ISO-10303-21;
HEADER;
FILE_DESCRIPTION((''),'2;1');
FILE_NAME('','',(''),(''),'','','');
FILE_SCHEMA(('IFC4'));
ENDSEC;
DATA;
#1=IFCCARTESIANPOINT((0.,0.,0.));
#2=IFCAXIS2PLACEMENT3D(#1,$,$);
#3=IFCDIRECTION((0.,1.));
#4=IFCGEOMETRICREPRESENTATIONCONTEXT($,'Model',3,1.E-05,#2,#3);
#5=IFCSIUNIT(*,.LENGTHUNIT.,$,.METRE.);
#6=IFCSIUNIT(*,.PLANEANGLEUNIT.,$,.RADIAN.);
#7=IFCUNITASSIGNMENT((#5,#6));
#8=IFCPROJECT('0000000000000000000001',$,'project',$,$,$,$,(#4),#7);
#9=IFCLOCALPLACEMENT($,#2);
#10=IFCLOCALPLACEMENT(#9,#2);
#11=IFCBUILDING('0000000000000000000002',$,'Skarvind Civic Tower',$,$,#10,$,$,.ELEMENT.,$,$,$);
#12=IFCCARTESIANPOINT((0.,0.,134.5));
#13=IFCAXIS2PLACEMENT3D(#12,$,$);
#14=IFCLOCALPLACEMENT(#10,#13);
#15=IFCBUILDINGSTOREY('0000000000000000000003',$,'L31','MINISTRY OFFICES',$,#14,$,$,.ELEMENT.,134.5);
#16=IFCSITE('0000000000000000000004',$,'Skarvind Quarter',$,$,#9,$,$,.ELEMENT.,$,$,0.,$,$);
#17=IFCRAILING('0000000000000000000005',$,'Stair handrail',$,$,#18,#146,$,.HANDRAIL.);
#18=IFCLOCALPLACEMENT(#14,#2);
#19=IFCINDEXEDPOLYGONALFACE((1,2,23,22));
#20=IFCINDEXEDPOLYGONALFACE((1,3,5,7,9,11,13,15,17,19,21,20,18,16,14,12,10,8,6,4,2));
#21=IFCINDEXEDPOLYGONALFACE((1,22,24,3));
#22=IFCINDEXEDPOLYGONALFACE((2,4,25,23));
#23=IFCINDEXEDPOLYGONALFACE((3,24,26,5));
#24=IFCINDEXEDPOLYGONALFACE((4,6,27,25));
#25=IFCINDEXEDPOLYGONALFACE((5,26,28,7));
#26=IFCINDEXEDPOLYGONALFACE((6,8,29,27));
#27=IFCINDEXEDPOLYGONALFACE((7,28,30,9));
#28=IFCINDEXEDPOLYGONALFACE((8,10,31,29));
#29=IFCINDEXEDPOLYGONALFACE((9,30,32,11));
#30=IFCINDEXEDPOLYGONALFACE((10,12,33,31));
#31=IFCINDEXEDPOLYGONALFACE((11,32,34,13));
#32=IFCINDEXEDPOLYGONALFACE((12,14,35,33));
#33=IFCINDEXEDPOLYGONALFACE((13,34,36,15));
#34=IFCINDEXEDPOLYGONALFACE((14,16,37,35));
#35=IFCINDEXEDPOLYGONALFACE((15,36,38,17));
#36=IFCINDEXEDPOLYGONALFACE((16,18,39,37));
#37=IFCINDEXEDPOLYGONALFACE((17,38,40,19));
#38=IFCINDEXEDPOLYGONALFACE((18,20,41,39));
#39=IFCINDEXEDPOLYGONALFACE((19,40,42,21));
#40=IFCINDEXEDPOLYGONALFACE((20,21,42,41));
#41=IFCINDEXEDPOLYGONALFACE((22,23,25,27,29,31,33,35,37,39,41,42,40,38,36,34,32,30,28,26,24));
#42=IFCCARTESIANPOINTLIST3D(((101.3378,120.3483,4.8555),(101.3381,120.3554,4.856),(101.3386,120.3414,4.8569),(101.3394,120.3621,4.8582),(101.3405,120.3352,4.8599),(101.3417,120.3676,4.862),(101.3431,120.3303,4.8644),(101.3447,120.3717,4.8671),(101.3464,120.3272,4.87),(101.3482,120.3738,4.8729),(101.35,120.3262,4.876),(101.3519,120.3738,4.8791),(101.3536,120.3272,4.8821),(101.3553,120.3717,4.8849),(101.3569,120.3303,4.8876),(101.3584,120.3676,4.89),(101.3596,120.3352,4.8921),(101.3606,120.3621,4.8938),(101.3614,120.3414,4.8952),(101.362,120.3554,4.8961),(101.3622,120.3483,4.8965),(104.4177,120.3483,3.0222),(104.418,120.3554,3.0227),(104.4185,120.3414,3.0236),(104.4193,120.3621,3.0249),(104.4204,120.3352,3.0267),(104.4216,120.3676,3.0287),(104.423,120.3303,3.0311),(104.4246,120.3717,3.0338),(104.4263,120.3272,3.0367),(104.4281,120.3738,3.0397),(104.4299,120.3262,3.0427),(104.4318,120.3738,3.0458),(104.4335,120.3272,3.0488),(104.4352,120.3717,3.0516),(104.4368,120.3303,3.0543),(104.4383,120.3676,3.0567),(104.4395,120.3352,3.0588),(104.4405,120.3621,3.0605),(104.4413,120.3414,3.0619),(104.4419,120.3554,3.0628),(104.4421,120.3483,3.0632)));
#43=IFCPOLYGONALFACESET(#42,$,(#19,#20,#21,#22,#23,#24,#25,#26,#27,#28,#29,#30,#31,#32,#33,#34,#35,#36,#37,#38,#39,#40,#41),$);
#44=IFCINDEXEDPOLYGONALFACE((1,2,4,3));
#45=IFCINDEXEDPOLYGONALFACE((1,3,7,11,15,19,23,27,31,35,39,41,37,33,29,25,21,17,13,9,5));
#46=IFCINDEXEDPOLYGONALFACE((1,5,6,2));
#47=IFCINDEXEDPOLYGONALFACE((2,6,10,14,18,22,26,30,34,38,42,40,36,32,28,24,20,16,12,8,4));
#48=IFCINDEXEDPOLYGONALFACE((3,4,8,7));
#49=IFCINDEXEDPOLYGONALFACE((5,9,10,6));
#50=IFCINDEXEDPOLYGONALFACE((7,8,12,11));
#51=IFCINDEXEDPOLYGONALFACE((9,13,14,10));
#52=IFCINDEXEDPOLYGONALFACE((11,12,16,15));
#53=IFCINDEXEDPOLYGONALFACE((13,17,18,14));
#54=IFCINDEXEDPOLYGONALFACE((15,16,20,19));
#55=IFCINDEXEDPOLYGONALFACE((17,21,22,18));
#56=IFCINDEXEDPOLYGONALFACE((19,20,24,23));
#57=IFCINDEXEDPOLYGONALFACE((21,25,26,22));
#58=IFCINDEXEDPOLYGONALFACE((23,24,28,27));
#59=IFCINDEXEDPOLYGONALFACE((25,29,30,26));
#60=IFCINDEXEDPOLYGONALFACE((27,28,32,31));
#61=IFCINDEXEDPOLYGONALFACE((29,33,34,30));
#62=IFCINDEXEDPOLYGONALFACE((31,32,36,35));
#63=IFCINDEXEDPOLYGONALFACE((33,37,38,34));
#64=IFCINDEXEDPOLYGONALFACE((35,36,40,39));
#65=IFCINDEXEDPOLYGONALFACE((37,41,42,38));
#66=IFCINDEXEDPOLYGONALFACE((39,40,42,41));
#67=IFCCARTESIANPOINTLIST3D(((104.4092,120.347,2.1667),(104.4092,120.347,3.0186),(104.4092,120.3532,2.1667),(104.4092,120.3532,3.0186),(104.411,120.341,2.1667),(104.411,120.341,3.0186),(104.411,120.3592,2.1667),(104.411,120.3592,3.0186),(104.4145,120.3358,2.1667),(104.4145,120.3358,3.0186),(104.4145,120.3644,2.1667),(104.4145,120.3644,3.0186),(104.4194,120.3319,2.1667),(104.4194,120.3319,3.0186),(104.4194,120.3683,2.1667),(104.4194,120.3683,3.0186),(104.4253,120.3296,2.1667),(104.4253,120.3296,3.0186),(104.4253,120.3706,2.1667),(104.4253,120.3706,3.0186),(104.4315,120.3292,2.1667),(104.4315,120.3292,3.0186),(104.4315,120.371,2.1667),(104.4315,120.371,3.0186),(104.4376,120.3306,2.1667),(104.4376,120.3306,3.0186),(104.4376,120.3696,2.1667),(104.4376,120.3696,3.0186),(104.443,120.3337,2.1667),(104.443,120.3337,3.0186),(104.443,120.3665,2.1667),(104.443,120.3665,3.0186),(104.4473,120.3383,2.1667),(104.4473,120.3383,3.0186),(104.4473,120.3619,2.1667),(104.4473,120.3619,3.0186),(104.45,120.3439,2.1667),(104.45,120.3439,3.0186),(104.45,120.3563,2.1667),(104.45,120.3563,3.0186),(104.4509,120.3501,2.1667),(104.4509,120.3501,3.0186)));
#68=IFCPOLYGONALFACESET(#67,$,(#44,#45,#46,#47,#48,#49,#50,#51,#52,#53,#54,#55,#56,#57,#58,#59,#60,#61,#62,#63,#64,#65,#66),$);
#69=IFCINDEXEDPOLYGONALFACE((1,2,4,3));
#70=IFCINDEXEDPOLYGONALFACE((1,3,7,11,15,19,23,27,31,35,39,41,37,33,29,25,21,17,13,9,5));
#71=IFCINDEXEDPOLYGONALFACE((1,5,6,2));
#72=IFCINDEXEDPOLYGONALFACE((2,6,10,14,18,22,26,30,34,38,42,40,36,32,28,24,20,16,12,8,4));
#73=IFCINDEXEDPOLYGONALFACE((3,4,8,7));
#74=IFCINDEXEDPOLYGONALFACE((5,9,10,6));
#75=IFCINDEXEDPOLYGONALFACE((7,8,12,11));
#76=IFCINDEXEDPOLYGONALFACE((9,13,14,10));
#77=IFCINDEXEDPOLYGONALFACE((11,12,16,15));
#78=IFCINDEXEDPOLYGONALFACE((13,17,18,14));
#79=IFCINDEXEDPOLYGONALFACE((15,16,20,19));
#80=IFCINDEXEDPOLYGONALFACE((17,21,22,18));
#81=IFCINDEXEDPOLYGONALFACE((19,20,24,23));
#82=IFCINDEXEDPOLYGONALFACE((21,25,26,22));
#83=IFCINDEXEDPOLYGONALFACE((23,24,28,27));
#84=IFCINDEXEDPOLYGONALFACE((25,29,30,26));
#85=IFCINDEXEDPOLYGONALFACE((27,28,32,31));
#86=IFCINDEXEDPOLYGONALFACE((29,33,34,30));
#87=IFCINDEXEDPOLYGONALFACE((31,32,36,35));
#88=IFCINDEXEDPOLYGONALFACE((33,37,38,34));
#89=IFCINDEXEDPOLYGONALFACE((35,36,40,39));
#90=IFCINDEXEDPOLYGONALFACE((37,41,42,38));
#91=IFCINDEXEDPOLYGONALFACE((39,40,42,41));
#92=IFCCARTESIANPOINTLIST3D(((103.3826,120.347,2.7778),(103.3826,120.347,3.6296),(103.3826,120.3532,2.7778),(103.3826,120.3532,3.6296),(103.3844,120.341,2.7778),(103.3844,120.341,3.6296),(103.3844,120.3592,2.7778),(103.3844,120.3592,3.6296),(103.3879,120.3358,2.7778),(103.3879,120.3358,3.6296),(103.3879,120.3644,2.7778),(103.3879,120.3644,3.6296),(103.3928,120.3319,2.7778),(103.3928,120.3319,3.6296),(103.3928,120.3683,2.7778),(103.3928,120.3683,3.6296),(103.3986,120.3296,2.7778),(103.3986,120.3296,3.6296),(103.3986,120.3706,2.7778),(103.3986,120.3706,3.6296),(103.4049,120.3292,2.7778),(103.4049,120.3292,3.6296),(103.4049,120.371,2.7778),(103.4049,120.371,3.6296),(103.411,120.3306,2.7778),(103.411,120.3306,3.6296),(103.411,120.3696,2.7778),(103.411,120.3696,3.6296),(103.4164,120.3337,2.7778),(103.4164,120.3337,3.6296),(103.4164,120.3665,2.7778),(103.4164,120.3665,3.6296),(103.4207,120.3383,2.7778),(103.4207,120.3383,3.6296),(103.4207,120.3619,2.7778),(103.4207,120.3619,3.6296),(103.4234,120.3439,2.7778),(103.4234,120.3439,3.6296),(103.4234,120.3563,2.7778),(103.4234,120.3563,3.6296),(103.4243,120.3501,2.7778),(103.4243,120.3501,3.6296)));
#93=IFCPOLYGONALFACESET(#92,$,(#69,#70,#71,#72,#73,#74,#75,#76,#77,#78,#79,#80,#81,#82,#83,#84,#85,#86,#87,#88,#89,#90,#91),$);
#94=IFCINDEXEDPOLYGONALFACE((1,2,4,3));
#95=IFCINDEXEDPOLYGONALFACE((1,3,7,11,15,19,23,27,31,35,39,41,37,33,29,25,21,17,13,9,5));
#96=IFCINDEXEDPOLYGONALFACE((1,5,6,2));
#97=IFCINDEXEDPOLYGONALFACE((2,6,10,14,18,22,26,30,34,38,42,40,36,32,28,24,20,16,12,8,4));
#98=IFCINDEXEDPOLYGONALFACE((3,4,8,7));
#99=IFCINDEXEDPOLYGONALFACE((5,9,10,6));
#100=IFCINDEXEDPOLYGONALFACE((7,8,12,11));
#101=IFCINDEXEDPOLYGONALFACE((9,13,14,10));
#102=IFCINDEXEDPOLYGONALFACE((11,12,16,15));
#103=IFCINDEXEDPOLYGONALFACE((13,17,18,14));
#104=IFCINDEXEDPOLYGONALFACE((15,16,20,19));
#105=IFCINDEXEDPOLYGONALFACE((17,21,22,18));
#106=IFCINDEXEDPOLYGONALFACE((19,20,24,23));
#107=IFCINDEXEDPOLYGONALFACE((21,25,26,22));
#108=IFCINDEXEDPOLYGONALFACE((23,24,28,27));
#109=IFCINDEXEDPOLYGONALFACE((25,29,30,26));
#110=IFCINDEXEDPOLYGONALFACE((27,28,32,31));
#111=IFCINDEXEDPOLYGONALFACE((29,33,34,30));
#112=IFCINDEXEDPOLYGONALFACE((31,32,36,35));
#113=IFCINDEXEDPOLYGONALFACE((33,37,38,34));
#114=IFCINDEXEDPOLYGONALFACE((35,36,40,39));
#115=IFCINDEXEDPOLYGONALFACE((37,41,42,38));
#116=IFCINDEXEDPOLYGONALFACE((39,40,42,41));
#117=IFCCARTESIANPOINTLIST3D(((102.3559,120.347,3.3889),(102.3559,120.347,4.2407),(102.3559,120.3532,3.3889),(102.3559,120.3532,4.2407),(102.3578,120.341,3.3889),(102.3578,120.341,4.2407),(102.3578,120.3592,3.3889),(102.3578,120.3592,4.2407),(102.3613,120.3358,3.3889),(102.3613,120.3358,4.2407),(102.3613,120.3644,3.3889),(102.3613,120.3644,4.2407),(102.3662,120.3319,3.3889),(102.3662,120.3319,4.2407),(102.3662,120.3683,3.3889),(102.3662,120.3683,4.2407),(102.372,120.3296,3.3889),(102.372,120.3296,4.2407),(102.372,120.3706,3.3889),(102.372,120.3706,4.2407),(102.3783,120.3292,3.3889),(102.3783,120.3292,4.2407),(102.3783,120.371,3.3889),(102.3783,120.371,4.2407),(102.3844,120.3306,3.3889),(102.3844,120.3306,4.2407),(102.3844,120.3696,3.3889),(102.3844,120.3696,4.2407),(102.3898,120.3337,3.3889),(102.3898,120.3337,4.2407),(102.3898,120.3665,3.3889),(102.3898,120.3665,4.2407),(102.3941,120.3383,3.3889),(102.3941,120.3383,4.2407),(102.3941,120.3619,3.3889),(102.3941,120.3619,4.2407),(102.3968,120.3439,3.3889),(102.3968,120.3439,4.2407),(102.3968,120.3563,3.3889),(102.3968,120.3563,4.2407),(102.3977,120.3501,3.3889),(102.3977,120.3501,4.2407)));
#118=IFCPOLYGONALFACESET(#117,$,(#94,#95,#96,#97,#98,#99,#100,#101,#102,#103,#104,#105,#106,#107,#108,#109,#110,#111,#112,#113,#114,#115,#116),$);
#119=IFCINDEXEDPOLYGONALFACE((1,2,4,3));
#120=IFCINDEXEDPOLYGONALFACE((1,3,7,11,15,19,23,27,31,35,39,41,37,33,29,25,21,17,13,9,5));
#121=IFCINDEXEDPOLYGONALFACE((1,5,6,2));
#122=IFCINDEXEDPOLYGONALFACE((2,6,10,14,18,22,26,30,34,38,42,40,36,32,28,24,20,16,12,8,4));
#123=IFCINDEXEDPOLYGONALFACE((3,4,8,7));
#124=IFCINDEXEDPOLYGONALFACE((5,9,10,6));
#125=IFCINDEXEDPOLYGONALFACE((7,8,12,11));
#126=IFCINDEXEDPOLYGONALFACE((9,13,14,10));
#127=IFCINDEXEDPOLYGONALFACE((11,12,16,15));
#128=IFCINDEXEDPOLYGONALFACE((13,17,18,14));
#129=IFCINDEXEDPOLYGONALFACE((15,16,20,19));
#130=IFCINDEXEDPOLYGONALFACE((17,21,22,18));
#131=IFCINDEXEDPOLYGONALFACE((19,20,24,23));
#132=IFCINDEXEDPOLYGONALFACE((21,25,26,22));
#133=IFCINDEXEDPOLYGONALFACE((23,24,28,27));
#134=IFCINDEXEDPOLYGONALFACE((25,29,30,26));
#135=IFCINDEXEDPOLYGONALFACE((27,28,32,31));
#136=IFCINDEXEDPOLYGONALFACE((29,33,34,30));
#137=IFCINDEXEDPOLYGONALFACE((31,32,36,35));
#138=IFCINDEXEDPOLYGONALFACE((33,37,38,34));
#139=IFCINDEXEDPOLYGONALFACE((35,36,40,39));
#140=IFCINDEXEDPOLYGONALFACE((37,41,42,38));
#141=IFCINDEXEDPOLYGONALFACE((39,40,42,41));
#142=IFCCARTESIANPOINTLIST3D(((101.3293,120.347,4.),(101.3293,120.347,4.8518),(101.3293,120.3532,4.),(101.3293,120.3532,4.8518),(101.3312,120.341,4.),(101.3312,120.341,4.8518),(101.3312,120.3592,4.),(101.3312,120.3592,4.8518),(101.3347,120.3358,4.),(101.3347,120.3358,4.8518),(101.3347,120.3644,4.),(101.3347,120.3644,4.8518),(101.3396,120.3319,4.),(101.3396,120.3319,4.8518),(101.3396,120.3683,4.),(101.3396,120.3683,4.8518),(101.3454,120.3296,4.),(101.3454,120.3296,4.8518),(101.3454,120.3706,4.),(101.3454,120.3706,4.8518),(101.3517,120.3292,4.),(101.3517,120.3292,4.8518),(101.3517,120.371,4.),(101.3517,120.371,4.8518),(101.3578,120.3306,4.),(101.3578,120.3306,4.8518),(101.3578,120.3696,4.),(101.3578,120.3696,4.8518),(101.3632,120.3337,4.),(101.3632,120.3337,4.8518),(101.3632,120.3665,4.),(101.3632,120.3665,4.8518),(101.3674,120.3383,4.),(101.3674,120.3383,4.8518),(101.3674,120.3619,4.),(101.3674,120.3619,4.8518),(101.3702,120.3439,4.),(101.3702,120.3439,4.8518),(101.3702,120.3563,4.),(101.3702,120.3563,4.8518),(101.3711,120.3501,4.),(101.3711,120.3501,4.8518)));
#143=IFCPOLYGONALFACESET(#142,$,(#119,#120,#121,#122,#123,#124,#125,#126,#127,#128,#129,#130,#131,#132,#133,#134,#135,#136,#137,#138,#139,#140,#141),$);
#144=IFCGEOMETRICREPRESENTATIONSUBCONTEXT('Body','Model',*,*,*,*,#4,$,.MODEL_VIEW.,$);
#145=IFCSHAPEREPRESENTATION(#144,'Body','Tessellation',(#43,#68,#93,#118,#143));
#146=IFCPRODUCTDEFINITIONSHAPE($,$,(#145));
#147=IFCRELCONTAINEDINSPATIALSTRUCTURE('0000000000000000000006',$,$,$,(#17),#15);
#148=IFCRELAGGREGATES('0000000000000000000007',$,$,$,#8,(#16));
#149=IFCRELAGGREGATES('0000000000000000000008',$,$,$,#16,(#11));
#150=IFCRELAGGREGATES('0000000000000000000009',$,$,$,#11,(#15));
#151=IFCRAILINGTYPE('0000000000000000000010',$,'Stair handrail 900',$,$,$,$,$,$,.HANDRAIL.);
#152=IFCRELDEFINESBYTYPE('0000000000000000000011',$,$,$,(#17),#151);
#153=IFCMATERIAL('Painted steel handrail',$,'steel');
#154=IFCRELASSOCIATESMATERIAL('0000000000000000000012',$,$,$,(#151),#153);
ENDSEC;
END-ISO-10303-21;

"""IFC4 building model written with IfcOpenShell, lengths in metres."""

from ifc_helpers import new_model, si_unit, direction, frame, origin, origin_2d, place, context, subcontext, project, spatial, circle, extrude, material, type_object, element, save


model = new_model("IFC4")

# Units and contexts
model_context = context("Model", 3, precision=1e-05, world=origin(), true_north=direction((0.0, 1.0)))
body_context = subcontext(model_context, "Body", "Model", "MODEL_VIEW")
ifc_project = project(units=[si_unit("LENGTHUNIT", "METRE"), si_unit("PLANEANGLEUNIT", "RADIAN")], contexts=[model_context])

# Site, building, storey
site_placement = place(None, origin())
site = spatial("IfcSite", under=ifc_project, at=site_placement, Name="Skarvind Quarter", CompositionType="ELEMENT", RefElevation=0.0)
building_placement = place(site_placement, origin())
building = spatial("IfcBuilding", under=site, at=building_placement, Name="Skarvind Civic Tower", CompositionType="ELEMENT")
storey_placement = place(building_placement, frame((0.0, 0.0, 134.5)))
storey = spatial("IfcBuildingStorey", under=building, at=storey_placement, Name="L31", Description="MINISTRY OFFICES", CompositionType="ELEMENT", Elevation=134.5)

# Railing
ifc_material_1 = material(Name="Painted steel handrail", Category="steel")
railing_type = type_object("IfcRailingType", Name="Stair handrail 900", PredefinedType="HANDRAIL", material=ifc_material_1)
railing_placement = place(storey_placement, frame((104.4299, 120.3501, 2.1667)))
element("IfcRailing", 1, at=railing_placement, inside=storey, type_object=railing_type, Name="Stair handrail", PredefinedType="HANDRAIL", context=body_context, shape_type="SweptSolid", body=[
    extrude(circle(Radius=0.0239, at=origin_2d()), frame((0.0, 0.0, 0.876), z_axis=(-0.859291, 0.0, 0.511487), x_axis=(0.0, -1.0, 0.0)), (0.0, 0.0, 1.0), 3.5842),
    extrude(circle(Radius=0.021, at=origin_2d()), origin(), (0.0, 0.0, 1.0), 0.8518),
    extrude(circle(Radius=0.021, at=origin_2d()), frame((-1.0266, 0.0, 0.6111)), (0.0, 0.0, 1.0), 0.8518),
    extrude(circle(Radius=0.021, at=origin_2d()), frame((-2.0532, 0.0, 1.2222)), (0.0, 0.0, 1.0), 0.8518),
    extrude(circle(Radius=0.021, at=origin_2d()), frame((-3.0798, 0.0, 1.8333)), (0.0, 0.0, 1.0), 0.8518),
])

save(model, "model.ifc")
